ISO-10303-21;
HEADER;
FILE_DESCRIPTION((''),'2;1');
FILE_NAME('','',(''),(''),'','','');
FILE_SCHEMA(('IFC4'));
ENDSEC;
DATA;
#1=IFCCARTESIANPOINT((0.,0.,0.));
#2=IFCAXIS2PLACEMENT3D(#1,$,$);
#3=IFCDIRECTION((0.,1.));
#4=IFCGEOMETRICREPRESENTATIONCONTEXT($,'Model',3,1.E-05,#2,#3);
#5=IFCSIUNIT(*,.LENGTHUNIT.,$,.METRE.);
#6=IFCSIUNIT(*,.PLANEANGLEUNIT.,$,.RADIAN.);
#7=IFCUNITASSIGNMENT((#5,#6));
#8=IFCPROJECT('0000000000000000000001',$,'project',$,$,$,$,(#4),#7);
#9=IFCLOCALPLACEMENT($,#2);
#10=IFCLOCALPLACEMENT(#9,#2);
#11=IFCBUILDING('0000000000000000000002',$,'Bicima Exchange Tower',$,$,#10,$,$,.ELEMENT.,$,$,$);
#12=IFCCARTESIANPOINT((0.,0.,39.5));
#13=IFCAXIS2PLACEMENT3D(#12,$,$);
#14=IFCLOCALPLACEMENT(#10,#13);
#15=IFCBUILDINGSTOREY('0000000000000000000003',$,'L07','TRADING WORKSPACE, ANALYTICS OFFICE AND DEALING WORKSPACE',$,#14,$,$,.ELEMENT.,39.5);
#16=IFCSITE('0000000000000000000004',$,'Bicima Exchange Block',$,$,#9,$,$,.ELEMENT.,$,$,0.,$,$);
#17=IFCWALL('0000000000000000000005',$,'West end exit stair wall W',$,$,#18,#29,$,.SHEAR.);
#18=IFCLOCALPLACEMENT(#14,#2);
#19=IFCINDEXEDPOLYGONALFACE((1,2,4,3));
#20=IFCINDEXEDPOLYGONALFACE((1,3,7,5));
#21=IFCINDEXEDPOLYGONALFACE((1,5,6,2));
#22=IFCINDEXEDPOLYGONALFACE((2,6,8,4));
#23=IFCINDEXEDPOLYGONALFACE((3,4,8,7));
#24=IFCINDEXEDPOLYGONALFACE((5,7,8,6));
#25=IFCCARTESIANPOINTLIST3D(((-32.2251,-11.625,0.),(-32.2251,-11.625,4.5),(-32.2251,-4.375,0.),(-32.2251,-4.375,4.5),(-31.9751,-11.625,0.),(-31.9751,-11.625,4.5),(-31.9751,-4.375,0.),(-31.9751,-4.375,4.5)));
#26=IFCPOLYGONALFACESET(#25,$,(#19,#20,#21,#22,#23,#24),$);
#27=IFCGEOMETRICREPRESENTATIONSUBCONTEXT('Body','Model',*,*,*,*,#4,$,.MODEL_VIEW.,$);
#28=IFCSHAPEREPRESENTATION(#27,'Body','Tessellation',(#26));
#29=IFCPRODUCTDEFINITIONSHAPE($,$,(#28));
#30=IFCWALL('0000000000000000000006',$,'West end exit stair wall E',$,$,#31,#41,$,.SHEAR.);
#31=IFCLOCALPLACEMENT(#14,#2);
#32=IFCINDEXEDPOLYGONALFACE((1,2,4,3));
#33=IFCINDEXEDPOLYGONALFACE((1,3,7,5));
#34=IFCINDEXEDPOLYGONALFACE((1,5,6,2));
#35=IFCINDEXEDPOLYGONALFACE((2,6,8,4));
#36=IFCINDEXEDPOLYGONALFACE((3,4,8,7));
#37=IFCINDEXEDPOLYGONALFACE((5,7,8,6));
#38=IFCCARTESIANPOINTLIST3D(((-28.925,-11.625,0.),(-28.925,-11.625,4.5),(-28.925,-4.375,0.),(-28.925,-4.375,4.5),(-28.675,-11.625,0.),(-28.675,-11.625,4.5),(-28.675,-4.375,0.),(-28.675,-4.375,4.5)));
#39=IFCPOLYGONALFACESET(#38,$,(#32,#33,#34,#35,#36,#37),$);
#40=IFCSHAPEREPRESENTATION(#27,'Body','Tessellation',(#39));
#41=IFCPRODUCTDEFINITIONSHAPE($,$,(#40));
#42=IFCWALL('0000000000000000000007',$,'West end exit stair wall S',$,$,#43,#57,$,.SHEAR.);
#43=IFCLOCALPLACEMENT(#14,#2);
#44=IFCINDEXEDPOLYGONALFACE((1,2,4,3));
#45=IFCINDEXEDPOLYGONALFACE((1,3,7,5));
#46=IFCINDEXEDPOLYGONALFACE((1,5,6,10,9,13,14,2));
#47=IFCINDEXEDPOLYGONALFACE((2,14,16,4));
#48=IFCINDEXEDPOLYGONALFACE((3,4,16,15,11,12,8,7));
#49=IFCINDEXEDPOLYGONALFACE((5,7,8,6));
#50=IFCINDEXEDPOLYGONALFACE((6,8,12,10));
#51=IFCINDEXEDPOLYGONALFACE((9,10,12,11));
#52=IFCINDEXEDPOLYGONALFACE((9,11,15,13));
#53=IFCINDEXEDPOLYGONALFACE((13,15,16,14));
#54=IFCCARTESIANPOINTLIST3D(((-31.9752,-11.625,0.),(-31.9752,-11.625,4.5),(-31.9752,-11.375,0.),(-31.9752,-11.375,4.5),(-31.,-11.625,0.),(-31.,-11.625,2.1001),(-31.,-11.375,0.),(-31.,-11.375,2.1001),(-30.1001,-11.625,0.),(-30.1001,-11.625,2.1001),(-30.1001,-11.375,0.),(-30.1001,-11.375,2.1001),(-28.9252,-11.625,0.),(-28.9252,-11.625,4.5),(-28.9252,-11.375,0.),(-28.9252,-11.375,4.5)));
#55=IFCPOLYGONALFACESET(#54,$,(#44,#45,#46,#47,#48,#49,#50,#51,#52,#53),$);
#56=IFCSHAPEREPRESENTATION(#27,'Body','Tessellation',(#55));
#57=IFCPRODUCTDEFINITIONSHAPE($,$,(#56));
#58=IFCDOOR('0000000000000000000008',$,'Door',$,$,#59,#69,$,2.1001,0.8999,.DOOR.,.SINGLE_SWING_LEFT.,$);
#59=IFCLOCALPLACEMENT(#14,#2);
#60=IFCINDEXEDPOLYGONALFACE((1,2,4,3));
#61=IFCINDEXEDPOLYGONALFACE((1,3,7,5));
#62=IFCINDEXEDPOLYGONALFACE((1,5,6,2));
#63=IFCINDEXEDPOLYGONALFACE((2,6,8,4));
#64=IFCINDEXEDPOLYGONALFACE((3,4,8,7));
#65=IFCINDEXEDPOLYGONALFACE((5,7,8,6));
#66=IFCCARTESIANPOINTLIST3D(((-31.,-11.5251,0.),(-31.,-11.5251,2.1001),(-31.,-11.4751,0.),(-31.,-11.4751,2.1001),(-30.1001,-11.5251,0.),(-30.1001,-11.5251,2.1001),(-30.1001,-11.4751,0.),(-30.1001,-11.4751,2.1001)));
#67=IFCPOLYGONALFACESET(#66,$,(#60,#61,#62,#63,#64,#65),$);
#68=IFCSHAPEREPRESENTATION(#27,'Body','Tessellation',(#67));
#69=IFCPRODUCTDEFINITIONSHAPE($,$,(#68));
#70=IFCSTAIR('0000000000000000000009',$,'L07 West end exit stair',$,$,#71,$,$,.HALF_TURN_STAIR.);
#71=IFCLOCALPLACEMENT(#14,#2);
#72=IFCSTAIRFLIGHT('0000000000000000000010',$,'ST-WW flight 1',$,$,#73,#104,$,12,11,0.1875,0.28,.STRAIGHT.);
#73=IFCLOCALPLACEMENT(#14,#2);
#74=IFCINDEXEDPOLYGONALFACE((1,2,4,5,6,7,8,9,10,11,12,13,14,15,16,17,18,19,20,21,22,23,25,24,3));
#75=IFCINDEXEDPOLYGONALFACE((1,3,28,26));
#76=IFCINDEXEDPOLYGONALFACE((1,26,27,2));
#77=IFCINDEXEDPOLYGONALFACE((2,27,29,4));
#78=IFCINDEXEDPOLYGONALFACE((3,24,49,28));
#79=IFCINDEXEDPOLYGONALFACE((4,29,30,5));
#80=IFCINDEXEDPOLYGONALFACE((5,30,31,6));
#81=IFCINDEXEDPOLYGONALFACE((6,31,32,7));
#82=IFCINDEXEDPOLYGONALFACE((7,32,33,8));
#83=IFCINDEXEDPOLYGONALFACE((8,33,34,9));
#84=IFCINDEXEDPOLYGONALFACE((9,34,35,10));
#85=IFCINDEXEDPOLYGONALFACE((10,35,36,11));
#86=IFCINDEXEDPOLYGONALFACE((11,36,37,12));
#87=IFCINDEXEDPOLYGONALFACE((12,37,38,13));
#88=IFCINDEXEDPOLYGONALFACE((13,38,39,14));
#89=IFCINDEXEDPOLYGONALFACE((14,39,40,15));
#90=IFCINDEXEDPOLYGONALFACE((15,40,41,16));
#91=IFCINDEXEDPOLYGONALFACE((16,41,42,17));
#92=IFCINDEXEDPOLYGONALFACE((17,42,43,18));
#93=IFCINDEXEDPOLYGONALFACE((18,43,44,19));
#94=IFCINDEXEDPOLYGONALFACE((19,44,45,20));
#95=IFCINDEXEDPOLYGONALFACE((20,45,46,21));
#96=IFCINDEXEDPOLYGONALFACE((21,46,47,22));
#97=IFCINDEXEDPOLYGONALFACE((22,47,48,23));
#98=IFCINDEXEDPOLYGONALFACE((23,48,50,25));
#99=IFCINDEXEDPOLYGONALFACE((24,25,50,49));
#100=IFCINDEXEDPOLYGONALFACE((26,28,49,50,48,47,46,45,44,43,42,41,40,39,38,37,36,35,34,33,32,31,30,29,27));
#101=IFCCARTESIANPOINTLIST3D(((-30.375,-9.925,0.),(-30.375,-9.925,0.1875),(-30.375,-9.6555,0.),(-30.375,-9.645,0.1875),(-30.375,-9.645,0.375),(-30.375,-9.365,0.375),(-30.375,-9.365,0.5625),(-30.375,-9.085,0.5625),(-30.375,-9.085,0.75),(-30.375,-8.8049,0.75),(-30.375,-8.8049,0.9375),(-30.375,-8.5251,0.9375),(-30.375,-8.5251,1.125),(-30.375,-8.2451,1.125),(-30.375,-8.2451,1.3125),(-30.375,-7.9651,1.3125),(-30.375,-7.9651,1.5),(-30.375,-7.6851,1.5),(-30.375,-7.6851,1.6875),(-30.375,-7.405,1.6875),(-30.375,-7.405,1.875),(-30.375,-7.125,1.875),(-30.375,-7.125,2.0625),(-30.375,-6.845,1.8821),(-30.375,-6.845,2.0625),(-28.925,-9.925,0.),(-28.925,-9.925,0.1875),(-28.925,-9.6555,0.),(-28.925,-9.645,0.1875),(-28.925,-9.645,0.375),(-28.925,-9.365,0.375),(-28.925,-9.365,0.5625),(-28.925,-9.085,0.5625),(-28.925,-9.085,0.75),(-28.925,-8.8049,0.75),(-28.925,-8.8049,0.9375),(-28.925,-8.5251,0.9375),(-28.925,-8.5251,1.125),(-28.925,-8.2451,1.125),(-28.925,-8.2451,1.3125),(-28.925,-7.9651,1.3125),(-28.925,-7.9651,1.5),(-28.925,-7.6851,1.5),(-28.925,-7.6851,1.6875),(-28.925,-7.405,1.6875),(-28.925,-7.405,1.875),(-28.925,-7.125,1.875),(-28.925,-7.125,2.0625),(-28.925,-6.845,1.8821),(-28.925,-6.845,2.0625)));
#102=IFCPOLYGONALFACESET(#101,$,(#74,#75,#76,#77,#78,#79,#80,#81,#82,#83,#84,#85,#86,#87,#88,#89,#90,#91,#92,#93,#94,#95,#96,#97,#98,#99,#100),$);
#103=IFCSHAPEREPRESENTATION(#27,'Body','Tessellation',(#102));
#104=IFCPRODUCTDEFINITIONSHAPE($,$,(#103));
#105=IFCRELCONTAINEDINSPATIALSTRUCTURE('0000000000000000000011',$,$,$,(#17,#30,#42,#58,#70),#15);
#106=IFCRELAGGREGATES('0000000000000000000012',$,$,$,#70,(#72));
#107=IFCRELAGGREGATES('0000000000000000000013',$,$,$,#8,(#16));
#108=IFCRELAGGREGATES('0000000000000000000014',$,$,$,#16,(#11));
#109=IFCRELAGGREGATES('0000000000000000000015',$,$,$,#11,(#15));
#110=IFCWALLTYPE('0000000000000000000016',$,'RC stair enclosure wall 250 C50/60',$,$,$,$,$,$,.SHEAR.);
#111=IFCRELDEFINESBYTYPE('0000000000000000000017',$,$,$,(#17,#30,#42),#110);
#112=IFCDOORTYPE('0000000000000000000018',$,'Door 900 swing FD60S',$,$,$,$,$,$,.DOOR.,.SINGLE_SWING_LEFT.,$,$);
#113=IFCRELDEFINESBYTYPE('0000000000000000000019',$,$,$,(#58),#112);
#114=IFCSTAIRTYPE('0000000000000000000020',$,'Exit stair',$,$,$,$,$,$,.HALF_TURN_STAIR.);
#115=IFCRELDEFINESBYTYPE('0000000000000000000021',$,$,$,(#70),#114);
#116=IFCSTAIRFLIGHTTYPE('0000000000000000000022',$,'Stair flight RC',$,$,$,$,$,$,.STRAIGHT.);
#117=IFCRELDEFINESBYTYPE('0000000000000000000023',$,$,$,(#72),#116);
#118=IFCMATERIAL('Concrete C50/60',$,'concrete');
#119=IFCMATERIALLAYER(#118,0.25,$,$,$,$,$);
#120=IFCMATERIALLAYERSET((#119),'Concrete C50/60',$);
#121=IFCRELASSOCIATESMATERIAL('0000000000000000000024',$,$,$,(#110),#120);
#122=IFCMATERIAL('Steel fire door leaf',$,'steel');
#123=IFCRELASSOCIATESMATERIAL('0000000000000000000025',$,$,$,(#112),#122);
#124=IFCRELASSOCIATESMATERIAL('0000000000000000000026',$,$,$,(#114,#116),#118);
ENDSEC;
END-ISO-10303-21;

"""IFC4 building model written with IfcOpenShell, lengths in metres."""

from ifc_helpers import new_model, si_unit, direction, frame, frame_2d, origin, place, context, subcontext, project, spatial, polyline, rectangle, outline, extrude, material, layer, layer_set, type_object, element, fill, aggregate, save


model = new_model("IFC4")

# Units and contexts
model_context = context("Model", 3, precision=1e-05, world=origin(), true_north=direction((0.0, 1.0)))
body_context = subcontext(model_context, "Body", "Model", "MODEL_VIEW")
ifc_project = project(units=[si_unit("LENGTHUNIT", "METRE"), si_unit("PLANEANGLEUNIT", "RADIAN")], contexts=[model_context])

# Site, building, storey
site_placement = place(None, origin())
site = spatial("IfcSite", under=ifc_project, at=site_placement, Name="Bicima Exchange Block", CompositionType="ELEMENT", RefElevation=0.0)
building_placement = place(site_placement, origin())
building = spatial("IfcBuilding", under=site, at=building_placement, Name="Bicima Exchange Tower", CompositionType="ELEMENT")
storey_placement = place(building_placement, frame((0.0, 0.0, 39.5)))
storey = spatial("IfcBuildingStorey", under=building, at=storey_placement, Name="L07", Description="TRADING WORKSPACE, ANALYTICS OFFICE AND DEALING WORKSPACE", CompositionType="ELEMENT", Elevation=39.5)

# Shared definitions
ifc_material_1 = material(Name="Steel fire door leaf", Category="steel")

# Walls
ifc_material_2 = material(Name="Concrete C50/60", Category="concrete")
ifc_layer_1 = layer(ifc_material_2, 0.25)
ifc_layer_set_1 = layer_set([ifc_layer_1], Name="Concrete C50/60")
wall_type_1 = type_object("IfcWallType", Name="RC stair enclosure wall 250 C50/60", PredefinedType="SHEAR", material=ifc_layer_set_1)
for number, where, z_axis, x_axis, name in (
    (1, (-32.1001, -11.625, 0.0), (0.0, 0.0, 1.0), (0.0, 1.0, 0.0), "West end exit stair wall W"),
    (2, (-28.8, -11.625, 0.0), (0.0, 0.0, 1.0), (0.0, 1.0, 0.0), "West end exit stair wall E"),
):
    element("IfcWall", number, at=place(storey_placement, frame(where, z_axis=z_axis, x_axis=x_axis)), inside=storey, type_object=wall_type_1, Name=name, PredefinedType="SHEAR", context=body_context, shape_type="SweptSolid", body=[
        extrude(rectangle(XDim=7.25, YDim=0.25, at=frame_2d((3.625, 0.0))), origin(), (0.0, 0.0, 1.0), 4.5),
    ])

# Wall, opening, door
wall_1_placement = place(storey_placement, frame((-31.9751, -11.5, 0.0), z_axis=(0.0, 0.0, 1.0), x_axis=(1.0, 0.0, 0.0)))
wall_1 = element("IfcWall", 3, at=wall_1_placement, inside=storey, type_object=wall_type_1, Name="West end exit stair wall S", PredefinedType="SHEAR", context=body_context, shape_type="SweptSolid", body=[
    extrude(rectangle(XDim=3.05, YDim=0.25, at=frame_2d((1.5249, 0.0))), origin(), (0.0, 0.0, 1.0), 4.5),
])
opening_1_placement = place(wall_1_placement, frame((0.9751, 0.0, 0.0)))
opening_1 = element("IfcOpeningElement", 4, at=opening_1_placement, cuts=wall_1, PredefinedType="OPENING", context=body_context, shape_type="SweptSolid", body=[
    extrude(rectangle(XDim=0.8999, YDim=2.1001, at=frame_2d((0.45, 1.05))), frame((0.0, 0.137, 0.0), z_axis=(0.0, -1.0, 0.0), x_axis=(1.0, 0.0, 0.0)), (0.0, 0.0, 1.0), 0.2739),
])
door_type_1 = type_object("IfcDoorType", Name="Door 900 swing FD60S", OperationType="SINGLE_SWING_LEFT", PredefinedType="DOOR", material=ifc_material_1)
door_1_placement = place(opening_1_placement, origin())
door_1 = element("IfcDoor", 5, at=door_1_placement, inside=storey, type_object=door_type_1, Name="Door", OperationType="SINGLE_SWING_LEFT", OverallHeight=2.1001, OverallWidth=0.8999, PredefinedType="DOOR", context=body_context, shape_type="SweptSolid", body=[
    extrude(rectangle(XDim=0.8999, YDim=2.1001, at=frame_2d((0.45, 1.05))), frame((0.0, 0.0249, 0.0), z_axis=(0.0, -1.0, 0.0), x_axis=(1.0, 0.0, 0.0)), (0.0, 0.0, 1.0), 0.05),
])
fill(opening_1, door_1)

# Stair, stair flight
stair_type = type_object("IfcStairType", Name="Exit stair", PredefinedType="HALF_TURN_STAIR", material=ifc_material_2)
stair_placement = place(storey_placement, origin())
stair = element("IfcStair", 6, at=stair_placement, inside=storey, type_object=stair_type, Name="L07 West end exit stair", PredefinedType="HALF_TURN_STAIR")
stair_flight_type = type_object("IfcStairFlightType", Name="Stair flight RC", PredefinedType="STRAIGHT", material=ifc_material_2)
stair_flight_placement = place(storey_placement, frame((-29.6499, -9.925, 0.0), z_axis=(0.0, 0.0, 1.0), x_axis=(0.0, 1.0, 0.0)))
stair_flight = element("IfcStairFlight", 7, at=stair_flight_placement, type_object=stair_flight_type, Name="ST-WW flight 1", NumberOfRisers=12, NumberOfTreads=11, PredefinedType="STRAIGHT", RiserHeight=0.1875, TreadLength=0.28, context=body_context, shape_type="SweptSolid", body=[
    extrude(outline(polyline([(0.0, 0.0), (0.0, 0.1875), (0.28, 0.1875), (0.28, 0.375), (0.5601, 0.375), (0.5601, 0.5625), (0.8401, 0.5625), (0.8401, 0.75), (1.1201, 0.75), (1.1201, 0.9375), (1.3999, 0.9375), (1.3999, 1.125), (1.6799, 1.125), (1.6799, 1.3125), (1.96, 1.3125), (1.96, 1.5), (2.24, 1.5), (2.24, 1.6875), (2.52, 1.6875), (2.52, 1.875), (2.8, 1.875), (2.8, 2.0625), (3.0801, 2.0625), (3.0801, 2.25), (3.0801, 1.8821), (0.2695, 0.0), (0.0, 0.0)])), frame((0.0, 0.7251, 0.0), z_axis=(0.0, -1.0, 0.0), x_axis=(1.0, 0.0, 0.0)), (0.0, 0.0, 1.0), 1.45),
])
aggregate(stair, [stair_flight])

save(model, "model.ifc")
